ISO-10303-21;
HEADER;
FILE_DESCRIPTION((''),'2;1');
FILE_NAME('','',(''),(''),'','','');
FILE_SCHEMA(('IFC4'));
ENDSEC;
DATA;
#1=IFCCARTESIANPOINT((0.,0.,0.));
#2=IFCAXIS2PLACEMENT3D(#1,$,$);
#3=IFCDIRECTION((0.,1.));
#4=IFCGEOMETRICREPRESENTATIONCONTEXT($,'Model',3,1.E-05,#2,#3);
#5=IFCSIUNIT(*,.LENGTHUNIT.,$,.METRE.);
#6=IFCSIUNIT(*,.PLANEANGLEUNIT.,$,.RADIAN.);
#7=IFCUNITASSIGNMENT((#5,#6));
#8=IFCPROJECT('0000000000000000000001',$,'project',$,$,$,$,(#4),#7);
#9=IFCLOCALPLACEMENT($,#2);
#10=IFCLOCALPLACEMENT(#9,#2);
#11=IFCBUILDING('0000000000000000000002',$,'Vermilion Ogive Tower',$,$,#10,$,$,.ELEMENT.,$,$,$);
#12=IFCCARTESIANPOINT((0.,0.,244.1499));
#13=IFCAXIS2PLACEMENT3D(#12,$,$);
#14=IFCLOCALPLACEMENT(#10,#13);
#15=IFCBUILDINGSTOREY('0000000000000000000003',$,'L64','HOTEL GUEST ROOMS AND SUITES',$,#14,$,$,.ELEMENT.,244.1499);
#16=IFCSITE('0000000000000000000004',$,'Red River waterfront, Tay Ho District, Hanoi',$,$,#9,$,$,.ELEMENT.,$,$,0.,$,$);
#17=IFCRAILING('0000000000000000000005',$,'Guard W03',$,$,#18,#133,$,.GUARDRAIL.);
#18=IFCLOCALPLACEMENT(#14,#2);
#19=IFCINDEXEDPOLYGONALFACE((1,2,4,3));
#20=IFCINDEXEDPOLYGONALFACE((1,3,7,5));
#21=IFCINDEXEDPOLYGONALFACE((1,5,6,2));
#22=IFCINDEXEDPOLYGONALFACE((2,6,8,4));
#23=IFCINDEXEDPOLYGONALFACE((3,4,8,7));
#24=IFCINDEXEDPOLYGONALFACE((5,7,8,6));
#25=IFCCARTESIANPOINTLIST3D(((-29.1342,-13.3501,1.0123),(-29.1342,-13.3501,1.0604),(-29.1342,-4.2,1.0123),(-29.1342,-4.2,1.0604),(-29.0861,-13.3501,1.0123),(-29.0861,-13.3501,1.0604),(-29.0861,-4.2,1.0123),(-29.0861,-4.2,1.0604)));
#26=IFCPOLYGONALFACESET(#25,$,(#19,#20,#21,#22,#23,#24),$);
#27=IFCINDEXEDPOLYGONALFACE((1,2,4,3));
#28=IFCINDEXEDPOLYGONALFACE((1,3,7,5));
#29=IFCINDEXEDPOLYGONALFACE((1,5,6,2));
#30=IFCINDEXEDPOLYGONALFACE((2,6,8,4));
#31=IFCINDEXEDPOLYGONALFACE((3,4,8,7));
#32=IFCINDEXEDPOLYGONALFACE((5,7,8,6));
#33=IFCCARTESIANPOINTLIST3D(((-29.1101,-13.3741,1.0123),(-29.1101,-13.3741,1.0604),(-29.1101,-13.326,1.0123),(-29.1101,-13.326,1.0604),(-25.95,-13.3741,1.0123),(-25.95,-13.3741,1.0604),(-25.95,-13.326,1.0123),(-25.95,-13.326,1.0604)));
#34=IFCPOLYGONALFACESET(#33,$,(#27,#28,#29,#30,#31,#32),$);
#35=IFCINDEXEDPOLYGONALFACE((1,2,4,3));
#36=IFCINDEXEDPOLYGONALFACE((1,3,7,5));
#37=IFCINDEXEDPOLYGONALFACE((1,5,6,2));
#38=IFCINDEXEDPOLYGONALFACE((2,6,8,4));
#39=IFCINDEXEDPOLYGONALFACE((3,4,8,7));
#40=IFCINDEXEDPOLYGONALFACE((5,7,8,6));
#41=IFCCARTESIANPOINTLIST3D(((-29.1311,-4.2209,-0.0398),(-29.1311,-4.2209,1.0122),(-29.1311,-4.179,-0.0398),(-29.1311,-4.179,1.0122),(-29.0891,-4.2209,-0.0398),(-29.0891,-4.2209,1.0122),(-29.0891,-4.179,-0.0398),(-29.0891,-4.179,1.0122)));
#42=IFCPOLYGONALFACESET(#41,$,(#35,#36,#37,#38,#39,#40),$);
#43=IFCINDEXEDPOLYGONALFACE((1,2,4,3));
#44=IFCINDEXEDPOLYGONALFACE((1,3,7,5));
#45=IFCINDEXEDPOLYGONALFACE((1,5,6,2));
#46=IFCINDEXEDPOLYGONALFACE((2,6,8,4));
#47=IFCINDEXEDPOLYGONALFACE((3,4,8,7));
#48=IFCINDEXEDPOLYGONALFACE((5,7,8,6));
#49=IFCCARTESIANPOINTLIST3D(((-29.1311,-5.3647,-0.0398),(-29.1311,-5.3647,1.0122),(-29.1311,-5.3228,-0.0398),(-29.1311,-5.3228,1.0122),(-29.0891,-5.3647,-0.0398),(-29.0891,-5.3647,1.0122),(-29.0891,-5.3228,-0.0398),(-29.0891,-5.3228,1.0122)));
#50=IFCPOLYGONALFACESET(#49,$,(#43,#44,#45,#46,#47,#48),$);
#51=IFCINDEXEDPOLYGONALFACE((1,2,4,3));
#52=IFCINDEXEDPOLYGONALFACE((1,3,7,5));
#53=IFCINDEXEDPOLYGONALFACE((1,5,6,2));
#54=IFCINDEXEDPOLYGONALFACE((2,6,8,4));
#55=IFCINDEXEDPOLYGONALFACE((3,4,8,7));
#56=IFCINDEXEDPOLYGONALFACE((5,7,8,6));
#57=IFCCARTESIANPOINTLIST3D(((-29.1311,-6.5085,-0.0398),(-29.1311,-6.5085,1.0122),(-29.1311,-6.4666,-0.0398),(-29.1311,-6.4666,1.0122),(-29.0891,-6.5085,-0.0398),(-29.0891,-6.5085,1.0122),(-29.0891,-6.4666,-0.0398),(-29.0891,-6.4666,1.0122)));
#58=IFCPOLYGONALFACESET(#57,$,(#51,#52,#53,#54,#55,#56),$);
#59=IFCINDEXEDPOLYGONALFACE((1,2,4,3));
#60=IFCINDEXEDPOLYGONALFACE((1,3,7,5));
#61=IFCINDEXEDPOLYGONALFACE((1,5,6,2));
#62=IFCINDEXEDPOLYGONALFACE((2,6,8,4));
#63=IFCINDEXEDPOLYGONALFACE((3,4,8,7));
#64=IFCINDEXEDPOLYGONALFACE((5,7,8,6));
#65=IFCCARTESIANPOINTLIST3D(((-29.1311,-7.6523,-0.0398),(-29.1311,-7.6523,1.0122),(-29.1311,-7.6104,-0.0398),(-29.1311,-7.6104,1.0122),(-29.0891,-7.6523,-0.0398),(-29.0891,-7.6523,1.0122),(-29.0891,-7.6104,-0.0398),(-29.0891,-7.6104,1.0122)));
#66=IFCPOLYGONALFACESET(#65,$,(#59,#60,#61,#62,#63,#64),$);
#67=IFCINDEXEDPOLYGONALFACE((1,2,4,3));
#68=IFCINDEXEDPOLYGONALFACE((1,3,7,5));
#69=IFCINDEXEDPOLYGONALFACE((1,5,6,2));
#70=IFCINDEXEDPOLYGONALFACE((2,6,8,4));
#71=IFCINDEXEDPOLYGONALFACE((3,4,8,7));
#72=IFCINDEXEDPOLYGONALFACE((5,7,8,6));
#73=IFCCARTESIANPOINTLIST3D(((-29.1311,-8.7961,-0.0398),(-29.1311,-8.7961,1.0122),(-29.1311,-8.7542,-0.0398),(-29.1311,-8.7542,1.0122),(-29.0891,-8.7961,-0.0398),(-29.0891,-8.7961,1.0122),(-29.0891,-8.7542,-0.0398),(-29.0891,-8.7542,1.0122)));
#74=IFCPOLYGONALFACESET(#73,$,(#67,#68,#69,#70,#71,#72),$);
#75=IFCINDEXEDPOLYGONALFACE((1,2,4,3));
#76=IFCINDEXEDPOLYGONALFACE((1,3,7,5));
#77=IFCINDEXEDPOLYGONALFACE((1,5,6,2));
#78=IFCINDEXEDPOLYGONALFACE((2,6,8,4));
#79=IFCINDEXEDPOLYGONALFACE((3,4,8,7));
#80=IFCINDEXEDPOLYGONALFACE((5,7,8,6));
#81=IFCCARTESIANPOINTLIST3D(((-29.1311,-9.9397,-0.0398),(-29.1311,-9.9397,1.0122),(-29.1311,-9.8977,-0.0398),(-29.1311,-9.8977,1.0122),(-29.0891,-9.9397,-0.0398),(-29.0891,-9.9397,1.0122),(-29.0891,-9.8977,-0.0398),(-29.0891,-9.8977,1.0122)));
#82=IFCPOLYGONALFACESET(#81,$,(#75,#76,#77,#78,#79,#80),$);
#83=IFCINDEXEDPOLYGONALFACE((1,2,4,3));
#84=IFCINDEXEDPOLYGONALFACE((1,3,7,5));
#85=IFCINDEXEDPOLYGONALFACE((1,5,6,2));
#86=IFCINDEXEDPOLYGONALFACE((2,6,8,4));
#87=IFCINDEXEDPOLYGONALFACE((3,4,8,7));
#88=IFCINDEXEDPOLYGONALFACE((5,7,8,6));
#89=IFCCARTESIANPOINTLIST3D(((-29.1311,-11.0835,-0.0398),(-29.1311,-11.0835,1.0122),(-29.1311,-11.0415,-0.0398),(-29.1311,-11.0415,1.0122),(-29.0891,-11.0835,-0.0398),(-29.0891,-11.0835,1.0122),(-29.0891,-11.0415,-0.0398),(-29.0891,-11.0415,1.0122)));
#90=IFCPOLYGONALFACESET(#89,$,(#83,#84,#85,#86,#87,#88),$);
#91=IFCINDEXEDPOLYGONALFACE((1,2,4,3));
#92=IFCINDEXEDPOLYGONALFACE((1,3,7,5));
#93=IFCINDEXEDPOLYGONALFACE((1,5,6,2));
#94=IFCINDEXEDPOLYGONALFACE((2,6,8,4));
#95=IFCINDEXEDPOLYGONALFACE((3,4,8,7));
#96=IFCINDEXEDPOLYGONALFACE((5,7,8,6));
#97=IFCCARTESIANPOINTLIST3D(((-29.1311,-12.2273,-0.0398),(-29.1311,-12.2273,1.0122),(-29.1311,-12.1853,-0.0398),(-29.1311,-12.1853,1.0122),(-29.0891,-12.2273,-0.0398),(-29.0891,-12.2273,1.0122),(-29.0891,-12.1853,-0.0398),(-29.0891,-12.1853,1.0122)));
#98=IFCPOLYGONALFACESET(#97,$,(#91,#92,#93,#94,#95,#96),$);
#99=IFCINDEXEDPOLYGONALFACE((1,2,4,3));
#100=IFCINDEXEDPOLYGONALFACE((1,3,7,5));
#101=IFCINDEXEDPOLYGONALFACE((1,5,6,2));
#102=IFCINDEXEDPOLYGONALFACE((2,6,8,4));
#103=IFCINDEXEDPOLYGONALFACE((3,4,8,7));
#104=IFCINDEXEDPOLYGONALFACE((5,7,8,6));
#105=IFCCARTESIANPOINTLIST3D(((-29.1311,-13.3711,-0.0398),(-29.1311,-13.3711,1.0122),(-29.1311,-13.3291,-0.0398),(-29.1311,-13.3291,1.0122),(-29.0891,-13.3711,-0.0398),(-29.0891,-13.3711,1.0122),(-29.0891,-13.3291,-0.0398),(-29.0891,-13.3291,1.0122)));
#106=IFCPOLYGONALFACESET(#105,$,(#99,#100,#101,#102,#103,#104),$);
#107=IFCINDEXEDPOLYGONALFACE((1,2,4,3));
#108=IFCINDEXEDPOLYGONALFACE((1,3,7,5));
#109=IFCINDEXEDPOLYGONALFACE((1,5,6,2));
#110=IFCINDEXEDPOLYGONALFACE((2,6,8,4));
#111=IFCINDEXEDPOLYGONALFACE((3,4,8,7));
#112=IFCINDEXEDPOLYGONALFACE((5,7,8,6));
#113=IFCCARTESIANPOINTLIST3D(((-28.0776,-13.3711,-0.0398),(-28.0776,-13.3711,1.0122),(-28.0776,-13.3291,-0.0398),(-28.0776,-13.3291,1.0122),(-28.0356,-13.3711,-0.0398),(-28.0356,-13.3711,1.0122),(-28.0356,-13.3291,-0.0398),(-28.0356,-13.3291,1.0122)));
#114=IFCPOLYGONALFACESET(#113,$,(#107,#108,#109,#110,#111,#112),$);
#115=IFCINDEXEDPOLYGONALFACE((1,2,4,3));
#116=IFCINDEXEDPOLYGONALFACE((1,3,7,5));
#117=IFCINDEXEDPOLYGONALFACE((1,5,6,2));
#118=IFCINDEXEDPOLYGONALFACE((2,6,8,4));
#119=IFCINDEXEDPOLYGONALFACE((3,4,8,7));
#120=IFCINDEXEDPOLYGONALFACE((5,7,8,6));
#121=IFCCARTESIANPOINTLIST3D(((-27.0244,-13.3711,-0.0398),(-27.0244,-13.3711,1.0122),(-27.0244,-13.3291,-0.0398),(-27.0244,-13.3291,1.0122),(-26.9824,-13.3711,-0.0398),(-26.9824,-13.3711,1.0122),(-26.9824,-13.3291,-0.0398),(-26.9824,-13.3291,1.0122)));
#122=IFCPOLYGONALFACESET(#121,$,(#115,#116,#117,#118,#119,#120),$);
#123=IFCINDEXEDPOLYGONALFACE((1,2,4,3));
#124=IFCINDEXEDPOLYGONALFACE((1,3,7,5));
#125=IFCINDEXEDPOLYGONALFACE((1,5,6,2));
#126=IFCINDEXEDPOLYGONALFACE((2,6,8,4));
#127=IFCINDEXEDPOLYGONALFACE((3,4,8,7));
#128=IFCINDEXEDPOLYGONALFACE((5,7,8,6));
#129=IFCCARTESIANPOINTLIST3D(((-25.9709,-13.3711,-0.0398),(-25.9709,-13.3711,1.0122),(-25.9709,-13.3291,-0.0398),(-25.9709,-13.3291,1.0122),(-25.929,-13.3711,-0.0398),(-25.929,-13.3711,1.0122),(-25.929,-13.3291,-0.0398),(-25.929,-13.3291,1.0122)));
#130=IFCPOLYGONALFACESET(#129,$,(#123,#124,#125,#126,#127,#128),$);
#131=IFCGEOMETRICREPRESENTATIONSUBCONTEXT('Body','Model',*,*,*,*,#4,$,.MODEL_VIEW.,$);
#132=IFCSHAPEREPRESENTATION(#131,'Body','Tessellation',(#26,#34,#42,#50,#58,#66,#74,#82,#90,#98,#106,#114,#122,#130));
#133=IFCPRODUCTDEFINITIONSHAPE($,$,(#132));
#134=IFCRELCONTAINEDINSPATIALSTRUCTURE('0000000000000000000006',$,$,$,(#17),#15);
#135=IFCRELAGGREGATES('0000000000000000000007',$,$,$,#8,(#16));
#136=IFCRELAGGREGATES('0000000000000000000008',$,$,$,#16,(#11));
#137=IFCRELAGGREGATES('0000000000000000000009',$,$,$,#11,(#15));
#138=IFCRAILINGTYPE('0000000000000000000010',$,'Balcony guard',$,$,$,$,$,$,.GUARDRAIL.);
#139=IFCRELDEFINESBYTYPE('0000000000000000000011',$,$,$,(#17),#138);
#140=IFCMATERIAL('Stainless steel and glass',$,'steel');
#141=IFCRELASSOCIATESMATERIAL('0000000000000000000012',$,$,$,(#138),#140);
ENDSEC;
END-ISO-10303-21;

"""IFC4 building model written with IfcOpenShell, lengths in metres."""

from ifc_helpers import new_model, si_unit, direction, frame, origin, origin_2d, place, context, subcontext, project, spatial, rectangle, extrude, material, type_object, element, save


model = new_model("IFC4")

# Units and contexts
model_context = context("Model", 3, precision=1e-05, world=origin(), true_north=direction((0.0, 1.0)))
body_context = subcontext(model_context, "Body", "Model", "MODEL_VIEW")
ifc_project = project(units=[si_unit("LENGTHUNIT", "METRE"), si_unit("PLANEANGLEUNIT", "RADIAN")], contexts=[model_context])

# Site, building, storey
site_placement = place(None, origin())
site = spatial("IfcSite", under=ifc_project, at=site_placement, Name="Red River waterfront, Tay Ho District, Hanoi", CompositionType="ELEMENT", RefElevation=0.0)
building_placement = place(site_placement, origin())
building = spatial("IfcBuilding", under=site, at=building_placement, Name="Vermilion Ogive Tower", CompositionType="ELEMENT")
storey_placement = place(building_placement, frame((0.0, 0.0, 244.1499)))
storey = spatial("IfcBuildingStorey", under=building, at=storey_placement, Name="L64", Description="HOTEL GUEST ROOMS AND SUITES", CompositionType="ELEMENT", Elevation=244.1499)

# Railing
ifc_material_1 = material(Name="Stainless steel and glass", Category="steel")
railing_type = type_object("IfcRailingType", Name="Balcony guard", PredefinedType="GUARDRAIL", material=ifc_material_1)
railing_placement = place(storey_placement, frame((-29.1101, -4.2, -0.0398)))
element("IfcRailing", 1, at=railing_placement, inside=storey, type_object=railing_type, Name="Guard W03", PredefinedType="GUARDRAIL", context=body_context, shape_type="SweptSolid", body=[
    extrude(rectangle(XDim=0.0481, YDim=0.0481, at=origin_2d()), frame((0.0, 0.0, 1.0762), z_axis=(0.0, -1.0, 0.0), x_axis=(1.0, 0.0, 0.0)), (0.0, 0.0, 1.0), 9.1501),
    extrude(rectangle(XDim=0.0481, YDim=0.0481, at=origin_2d()), frame((0.0, -9.1501, 1.0762), z_axis=(1.0, 0.0, 0.0), x_axis=(0.0, 1.0, 0.0)), (0.0, 0.0, 1.0), 3.1602),
    extrude(rectangle(XDim=0.042, YDim=0.042, at=origin_2d()), origin(), (0.0, 0.0, 1.0), 1.052),
    extrude(rectangle(XDim=0.042, YDim=0.042, at=origin_2d()), frame((0.0, -1.1438, 0.0)), (0.0, 0.0, 1.0), 1.052),
    extrude(rectangle(XDim=0.042, YDim=0.042, at=origin_2d()), frame((0.0, -2.2876, 0.0)), (0.0, 0.0, 1.0), 1.052),
    extrude(rectangle(XDim=0.042, YDim=0.042, at=origin_2d()), frame((0.0, -3.4314, 0.0)), (0.0, 0.0, 1.0), 1.052),
    extrude(rectangle(XDim=0.042, YDim=0.042, at=origin_2d()), frame((0.0, -4.5752, 0.0)), (0.0, 0.0, 1.0), 1.052),
    extrude(rectangle(XDim=0.042, YDim=0.042, at=origin_2d()), frame((0.0, -5.7188, 0.0)), (0.0, 0.0, 1.0), 1.052),
    extrude(rectangle(XDim=0.042, YDim=0.042, at=origin_2d()), frame((0.0, -6.8625, 0.0)), (0.0, 0.0, 1.0), 1.052),
    extrude(rectangle(XDim=0.042, YDim=0.042, at=origin_2d()), frame((0.0, -8.0063, 0.0)), (0.0, 0.0, 1.0), 1.052),
    extrude(rectangle(XDim=0.042, YDim=0.042, at=origin_2d()), frame((0.0, -9.1501, 0.0)), (0.0, 0.0, 1.0), 1.052),
    extrude(rectangle(XDim=0.042, YDim=0.042, at=origin_2d()), frame((1.0535, -9.1501, 0.0)), (0.0, 0.0, 1.0), 1.052),
    extrude(rectangle(XDim=0.042, YDim=0.042, at=origin_2d()), frame((2.1067, -9.1501, 0.0)), (0.0, 0.0, 1.0), 1.052),
    extrude(rectangle(XDim=0.042, YDim=0.042, at=origin_2d()), frame((3.1602, -9.1501, 0.0)), (0.0, 0.0, 1.0), 1.052),
])

save(model, "model.ifc")
